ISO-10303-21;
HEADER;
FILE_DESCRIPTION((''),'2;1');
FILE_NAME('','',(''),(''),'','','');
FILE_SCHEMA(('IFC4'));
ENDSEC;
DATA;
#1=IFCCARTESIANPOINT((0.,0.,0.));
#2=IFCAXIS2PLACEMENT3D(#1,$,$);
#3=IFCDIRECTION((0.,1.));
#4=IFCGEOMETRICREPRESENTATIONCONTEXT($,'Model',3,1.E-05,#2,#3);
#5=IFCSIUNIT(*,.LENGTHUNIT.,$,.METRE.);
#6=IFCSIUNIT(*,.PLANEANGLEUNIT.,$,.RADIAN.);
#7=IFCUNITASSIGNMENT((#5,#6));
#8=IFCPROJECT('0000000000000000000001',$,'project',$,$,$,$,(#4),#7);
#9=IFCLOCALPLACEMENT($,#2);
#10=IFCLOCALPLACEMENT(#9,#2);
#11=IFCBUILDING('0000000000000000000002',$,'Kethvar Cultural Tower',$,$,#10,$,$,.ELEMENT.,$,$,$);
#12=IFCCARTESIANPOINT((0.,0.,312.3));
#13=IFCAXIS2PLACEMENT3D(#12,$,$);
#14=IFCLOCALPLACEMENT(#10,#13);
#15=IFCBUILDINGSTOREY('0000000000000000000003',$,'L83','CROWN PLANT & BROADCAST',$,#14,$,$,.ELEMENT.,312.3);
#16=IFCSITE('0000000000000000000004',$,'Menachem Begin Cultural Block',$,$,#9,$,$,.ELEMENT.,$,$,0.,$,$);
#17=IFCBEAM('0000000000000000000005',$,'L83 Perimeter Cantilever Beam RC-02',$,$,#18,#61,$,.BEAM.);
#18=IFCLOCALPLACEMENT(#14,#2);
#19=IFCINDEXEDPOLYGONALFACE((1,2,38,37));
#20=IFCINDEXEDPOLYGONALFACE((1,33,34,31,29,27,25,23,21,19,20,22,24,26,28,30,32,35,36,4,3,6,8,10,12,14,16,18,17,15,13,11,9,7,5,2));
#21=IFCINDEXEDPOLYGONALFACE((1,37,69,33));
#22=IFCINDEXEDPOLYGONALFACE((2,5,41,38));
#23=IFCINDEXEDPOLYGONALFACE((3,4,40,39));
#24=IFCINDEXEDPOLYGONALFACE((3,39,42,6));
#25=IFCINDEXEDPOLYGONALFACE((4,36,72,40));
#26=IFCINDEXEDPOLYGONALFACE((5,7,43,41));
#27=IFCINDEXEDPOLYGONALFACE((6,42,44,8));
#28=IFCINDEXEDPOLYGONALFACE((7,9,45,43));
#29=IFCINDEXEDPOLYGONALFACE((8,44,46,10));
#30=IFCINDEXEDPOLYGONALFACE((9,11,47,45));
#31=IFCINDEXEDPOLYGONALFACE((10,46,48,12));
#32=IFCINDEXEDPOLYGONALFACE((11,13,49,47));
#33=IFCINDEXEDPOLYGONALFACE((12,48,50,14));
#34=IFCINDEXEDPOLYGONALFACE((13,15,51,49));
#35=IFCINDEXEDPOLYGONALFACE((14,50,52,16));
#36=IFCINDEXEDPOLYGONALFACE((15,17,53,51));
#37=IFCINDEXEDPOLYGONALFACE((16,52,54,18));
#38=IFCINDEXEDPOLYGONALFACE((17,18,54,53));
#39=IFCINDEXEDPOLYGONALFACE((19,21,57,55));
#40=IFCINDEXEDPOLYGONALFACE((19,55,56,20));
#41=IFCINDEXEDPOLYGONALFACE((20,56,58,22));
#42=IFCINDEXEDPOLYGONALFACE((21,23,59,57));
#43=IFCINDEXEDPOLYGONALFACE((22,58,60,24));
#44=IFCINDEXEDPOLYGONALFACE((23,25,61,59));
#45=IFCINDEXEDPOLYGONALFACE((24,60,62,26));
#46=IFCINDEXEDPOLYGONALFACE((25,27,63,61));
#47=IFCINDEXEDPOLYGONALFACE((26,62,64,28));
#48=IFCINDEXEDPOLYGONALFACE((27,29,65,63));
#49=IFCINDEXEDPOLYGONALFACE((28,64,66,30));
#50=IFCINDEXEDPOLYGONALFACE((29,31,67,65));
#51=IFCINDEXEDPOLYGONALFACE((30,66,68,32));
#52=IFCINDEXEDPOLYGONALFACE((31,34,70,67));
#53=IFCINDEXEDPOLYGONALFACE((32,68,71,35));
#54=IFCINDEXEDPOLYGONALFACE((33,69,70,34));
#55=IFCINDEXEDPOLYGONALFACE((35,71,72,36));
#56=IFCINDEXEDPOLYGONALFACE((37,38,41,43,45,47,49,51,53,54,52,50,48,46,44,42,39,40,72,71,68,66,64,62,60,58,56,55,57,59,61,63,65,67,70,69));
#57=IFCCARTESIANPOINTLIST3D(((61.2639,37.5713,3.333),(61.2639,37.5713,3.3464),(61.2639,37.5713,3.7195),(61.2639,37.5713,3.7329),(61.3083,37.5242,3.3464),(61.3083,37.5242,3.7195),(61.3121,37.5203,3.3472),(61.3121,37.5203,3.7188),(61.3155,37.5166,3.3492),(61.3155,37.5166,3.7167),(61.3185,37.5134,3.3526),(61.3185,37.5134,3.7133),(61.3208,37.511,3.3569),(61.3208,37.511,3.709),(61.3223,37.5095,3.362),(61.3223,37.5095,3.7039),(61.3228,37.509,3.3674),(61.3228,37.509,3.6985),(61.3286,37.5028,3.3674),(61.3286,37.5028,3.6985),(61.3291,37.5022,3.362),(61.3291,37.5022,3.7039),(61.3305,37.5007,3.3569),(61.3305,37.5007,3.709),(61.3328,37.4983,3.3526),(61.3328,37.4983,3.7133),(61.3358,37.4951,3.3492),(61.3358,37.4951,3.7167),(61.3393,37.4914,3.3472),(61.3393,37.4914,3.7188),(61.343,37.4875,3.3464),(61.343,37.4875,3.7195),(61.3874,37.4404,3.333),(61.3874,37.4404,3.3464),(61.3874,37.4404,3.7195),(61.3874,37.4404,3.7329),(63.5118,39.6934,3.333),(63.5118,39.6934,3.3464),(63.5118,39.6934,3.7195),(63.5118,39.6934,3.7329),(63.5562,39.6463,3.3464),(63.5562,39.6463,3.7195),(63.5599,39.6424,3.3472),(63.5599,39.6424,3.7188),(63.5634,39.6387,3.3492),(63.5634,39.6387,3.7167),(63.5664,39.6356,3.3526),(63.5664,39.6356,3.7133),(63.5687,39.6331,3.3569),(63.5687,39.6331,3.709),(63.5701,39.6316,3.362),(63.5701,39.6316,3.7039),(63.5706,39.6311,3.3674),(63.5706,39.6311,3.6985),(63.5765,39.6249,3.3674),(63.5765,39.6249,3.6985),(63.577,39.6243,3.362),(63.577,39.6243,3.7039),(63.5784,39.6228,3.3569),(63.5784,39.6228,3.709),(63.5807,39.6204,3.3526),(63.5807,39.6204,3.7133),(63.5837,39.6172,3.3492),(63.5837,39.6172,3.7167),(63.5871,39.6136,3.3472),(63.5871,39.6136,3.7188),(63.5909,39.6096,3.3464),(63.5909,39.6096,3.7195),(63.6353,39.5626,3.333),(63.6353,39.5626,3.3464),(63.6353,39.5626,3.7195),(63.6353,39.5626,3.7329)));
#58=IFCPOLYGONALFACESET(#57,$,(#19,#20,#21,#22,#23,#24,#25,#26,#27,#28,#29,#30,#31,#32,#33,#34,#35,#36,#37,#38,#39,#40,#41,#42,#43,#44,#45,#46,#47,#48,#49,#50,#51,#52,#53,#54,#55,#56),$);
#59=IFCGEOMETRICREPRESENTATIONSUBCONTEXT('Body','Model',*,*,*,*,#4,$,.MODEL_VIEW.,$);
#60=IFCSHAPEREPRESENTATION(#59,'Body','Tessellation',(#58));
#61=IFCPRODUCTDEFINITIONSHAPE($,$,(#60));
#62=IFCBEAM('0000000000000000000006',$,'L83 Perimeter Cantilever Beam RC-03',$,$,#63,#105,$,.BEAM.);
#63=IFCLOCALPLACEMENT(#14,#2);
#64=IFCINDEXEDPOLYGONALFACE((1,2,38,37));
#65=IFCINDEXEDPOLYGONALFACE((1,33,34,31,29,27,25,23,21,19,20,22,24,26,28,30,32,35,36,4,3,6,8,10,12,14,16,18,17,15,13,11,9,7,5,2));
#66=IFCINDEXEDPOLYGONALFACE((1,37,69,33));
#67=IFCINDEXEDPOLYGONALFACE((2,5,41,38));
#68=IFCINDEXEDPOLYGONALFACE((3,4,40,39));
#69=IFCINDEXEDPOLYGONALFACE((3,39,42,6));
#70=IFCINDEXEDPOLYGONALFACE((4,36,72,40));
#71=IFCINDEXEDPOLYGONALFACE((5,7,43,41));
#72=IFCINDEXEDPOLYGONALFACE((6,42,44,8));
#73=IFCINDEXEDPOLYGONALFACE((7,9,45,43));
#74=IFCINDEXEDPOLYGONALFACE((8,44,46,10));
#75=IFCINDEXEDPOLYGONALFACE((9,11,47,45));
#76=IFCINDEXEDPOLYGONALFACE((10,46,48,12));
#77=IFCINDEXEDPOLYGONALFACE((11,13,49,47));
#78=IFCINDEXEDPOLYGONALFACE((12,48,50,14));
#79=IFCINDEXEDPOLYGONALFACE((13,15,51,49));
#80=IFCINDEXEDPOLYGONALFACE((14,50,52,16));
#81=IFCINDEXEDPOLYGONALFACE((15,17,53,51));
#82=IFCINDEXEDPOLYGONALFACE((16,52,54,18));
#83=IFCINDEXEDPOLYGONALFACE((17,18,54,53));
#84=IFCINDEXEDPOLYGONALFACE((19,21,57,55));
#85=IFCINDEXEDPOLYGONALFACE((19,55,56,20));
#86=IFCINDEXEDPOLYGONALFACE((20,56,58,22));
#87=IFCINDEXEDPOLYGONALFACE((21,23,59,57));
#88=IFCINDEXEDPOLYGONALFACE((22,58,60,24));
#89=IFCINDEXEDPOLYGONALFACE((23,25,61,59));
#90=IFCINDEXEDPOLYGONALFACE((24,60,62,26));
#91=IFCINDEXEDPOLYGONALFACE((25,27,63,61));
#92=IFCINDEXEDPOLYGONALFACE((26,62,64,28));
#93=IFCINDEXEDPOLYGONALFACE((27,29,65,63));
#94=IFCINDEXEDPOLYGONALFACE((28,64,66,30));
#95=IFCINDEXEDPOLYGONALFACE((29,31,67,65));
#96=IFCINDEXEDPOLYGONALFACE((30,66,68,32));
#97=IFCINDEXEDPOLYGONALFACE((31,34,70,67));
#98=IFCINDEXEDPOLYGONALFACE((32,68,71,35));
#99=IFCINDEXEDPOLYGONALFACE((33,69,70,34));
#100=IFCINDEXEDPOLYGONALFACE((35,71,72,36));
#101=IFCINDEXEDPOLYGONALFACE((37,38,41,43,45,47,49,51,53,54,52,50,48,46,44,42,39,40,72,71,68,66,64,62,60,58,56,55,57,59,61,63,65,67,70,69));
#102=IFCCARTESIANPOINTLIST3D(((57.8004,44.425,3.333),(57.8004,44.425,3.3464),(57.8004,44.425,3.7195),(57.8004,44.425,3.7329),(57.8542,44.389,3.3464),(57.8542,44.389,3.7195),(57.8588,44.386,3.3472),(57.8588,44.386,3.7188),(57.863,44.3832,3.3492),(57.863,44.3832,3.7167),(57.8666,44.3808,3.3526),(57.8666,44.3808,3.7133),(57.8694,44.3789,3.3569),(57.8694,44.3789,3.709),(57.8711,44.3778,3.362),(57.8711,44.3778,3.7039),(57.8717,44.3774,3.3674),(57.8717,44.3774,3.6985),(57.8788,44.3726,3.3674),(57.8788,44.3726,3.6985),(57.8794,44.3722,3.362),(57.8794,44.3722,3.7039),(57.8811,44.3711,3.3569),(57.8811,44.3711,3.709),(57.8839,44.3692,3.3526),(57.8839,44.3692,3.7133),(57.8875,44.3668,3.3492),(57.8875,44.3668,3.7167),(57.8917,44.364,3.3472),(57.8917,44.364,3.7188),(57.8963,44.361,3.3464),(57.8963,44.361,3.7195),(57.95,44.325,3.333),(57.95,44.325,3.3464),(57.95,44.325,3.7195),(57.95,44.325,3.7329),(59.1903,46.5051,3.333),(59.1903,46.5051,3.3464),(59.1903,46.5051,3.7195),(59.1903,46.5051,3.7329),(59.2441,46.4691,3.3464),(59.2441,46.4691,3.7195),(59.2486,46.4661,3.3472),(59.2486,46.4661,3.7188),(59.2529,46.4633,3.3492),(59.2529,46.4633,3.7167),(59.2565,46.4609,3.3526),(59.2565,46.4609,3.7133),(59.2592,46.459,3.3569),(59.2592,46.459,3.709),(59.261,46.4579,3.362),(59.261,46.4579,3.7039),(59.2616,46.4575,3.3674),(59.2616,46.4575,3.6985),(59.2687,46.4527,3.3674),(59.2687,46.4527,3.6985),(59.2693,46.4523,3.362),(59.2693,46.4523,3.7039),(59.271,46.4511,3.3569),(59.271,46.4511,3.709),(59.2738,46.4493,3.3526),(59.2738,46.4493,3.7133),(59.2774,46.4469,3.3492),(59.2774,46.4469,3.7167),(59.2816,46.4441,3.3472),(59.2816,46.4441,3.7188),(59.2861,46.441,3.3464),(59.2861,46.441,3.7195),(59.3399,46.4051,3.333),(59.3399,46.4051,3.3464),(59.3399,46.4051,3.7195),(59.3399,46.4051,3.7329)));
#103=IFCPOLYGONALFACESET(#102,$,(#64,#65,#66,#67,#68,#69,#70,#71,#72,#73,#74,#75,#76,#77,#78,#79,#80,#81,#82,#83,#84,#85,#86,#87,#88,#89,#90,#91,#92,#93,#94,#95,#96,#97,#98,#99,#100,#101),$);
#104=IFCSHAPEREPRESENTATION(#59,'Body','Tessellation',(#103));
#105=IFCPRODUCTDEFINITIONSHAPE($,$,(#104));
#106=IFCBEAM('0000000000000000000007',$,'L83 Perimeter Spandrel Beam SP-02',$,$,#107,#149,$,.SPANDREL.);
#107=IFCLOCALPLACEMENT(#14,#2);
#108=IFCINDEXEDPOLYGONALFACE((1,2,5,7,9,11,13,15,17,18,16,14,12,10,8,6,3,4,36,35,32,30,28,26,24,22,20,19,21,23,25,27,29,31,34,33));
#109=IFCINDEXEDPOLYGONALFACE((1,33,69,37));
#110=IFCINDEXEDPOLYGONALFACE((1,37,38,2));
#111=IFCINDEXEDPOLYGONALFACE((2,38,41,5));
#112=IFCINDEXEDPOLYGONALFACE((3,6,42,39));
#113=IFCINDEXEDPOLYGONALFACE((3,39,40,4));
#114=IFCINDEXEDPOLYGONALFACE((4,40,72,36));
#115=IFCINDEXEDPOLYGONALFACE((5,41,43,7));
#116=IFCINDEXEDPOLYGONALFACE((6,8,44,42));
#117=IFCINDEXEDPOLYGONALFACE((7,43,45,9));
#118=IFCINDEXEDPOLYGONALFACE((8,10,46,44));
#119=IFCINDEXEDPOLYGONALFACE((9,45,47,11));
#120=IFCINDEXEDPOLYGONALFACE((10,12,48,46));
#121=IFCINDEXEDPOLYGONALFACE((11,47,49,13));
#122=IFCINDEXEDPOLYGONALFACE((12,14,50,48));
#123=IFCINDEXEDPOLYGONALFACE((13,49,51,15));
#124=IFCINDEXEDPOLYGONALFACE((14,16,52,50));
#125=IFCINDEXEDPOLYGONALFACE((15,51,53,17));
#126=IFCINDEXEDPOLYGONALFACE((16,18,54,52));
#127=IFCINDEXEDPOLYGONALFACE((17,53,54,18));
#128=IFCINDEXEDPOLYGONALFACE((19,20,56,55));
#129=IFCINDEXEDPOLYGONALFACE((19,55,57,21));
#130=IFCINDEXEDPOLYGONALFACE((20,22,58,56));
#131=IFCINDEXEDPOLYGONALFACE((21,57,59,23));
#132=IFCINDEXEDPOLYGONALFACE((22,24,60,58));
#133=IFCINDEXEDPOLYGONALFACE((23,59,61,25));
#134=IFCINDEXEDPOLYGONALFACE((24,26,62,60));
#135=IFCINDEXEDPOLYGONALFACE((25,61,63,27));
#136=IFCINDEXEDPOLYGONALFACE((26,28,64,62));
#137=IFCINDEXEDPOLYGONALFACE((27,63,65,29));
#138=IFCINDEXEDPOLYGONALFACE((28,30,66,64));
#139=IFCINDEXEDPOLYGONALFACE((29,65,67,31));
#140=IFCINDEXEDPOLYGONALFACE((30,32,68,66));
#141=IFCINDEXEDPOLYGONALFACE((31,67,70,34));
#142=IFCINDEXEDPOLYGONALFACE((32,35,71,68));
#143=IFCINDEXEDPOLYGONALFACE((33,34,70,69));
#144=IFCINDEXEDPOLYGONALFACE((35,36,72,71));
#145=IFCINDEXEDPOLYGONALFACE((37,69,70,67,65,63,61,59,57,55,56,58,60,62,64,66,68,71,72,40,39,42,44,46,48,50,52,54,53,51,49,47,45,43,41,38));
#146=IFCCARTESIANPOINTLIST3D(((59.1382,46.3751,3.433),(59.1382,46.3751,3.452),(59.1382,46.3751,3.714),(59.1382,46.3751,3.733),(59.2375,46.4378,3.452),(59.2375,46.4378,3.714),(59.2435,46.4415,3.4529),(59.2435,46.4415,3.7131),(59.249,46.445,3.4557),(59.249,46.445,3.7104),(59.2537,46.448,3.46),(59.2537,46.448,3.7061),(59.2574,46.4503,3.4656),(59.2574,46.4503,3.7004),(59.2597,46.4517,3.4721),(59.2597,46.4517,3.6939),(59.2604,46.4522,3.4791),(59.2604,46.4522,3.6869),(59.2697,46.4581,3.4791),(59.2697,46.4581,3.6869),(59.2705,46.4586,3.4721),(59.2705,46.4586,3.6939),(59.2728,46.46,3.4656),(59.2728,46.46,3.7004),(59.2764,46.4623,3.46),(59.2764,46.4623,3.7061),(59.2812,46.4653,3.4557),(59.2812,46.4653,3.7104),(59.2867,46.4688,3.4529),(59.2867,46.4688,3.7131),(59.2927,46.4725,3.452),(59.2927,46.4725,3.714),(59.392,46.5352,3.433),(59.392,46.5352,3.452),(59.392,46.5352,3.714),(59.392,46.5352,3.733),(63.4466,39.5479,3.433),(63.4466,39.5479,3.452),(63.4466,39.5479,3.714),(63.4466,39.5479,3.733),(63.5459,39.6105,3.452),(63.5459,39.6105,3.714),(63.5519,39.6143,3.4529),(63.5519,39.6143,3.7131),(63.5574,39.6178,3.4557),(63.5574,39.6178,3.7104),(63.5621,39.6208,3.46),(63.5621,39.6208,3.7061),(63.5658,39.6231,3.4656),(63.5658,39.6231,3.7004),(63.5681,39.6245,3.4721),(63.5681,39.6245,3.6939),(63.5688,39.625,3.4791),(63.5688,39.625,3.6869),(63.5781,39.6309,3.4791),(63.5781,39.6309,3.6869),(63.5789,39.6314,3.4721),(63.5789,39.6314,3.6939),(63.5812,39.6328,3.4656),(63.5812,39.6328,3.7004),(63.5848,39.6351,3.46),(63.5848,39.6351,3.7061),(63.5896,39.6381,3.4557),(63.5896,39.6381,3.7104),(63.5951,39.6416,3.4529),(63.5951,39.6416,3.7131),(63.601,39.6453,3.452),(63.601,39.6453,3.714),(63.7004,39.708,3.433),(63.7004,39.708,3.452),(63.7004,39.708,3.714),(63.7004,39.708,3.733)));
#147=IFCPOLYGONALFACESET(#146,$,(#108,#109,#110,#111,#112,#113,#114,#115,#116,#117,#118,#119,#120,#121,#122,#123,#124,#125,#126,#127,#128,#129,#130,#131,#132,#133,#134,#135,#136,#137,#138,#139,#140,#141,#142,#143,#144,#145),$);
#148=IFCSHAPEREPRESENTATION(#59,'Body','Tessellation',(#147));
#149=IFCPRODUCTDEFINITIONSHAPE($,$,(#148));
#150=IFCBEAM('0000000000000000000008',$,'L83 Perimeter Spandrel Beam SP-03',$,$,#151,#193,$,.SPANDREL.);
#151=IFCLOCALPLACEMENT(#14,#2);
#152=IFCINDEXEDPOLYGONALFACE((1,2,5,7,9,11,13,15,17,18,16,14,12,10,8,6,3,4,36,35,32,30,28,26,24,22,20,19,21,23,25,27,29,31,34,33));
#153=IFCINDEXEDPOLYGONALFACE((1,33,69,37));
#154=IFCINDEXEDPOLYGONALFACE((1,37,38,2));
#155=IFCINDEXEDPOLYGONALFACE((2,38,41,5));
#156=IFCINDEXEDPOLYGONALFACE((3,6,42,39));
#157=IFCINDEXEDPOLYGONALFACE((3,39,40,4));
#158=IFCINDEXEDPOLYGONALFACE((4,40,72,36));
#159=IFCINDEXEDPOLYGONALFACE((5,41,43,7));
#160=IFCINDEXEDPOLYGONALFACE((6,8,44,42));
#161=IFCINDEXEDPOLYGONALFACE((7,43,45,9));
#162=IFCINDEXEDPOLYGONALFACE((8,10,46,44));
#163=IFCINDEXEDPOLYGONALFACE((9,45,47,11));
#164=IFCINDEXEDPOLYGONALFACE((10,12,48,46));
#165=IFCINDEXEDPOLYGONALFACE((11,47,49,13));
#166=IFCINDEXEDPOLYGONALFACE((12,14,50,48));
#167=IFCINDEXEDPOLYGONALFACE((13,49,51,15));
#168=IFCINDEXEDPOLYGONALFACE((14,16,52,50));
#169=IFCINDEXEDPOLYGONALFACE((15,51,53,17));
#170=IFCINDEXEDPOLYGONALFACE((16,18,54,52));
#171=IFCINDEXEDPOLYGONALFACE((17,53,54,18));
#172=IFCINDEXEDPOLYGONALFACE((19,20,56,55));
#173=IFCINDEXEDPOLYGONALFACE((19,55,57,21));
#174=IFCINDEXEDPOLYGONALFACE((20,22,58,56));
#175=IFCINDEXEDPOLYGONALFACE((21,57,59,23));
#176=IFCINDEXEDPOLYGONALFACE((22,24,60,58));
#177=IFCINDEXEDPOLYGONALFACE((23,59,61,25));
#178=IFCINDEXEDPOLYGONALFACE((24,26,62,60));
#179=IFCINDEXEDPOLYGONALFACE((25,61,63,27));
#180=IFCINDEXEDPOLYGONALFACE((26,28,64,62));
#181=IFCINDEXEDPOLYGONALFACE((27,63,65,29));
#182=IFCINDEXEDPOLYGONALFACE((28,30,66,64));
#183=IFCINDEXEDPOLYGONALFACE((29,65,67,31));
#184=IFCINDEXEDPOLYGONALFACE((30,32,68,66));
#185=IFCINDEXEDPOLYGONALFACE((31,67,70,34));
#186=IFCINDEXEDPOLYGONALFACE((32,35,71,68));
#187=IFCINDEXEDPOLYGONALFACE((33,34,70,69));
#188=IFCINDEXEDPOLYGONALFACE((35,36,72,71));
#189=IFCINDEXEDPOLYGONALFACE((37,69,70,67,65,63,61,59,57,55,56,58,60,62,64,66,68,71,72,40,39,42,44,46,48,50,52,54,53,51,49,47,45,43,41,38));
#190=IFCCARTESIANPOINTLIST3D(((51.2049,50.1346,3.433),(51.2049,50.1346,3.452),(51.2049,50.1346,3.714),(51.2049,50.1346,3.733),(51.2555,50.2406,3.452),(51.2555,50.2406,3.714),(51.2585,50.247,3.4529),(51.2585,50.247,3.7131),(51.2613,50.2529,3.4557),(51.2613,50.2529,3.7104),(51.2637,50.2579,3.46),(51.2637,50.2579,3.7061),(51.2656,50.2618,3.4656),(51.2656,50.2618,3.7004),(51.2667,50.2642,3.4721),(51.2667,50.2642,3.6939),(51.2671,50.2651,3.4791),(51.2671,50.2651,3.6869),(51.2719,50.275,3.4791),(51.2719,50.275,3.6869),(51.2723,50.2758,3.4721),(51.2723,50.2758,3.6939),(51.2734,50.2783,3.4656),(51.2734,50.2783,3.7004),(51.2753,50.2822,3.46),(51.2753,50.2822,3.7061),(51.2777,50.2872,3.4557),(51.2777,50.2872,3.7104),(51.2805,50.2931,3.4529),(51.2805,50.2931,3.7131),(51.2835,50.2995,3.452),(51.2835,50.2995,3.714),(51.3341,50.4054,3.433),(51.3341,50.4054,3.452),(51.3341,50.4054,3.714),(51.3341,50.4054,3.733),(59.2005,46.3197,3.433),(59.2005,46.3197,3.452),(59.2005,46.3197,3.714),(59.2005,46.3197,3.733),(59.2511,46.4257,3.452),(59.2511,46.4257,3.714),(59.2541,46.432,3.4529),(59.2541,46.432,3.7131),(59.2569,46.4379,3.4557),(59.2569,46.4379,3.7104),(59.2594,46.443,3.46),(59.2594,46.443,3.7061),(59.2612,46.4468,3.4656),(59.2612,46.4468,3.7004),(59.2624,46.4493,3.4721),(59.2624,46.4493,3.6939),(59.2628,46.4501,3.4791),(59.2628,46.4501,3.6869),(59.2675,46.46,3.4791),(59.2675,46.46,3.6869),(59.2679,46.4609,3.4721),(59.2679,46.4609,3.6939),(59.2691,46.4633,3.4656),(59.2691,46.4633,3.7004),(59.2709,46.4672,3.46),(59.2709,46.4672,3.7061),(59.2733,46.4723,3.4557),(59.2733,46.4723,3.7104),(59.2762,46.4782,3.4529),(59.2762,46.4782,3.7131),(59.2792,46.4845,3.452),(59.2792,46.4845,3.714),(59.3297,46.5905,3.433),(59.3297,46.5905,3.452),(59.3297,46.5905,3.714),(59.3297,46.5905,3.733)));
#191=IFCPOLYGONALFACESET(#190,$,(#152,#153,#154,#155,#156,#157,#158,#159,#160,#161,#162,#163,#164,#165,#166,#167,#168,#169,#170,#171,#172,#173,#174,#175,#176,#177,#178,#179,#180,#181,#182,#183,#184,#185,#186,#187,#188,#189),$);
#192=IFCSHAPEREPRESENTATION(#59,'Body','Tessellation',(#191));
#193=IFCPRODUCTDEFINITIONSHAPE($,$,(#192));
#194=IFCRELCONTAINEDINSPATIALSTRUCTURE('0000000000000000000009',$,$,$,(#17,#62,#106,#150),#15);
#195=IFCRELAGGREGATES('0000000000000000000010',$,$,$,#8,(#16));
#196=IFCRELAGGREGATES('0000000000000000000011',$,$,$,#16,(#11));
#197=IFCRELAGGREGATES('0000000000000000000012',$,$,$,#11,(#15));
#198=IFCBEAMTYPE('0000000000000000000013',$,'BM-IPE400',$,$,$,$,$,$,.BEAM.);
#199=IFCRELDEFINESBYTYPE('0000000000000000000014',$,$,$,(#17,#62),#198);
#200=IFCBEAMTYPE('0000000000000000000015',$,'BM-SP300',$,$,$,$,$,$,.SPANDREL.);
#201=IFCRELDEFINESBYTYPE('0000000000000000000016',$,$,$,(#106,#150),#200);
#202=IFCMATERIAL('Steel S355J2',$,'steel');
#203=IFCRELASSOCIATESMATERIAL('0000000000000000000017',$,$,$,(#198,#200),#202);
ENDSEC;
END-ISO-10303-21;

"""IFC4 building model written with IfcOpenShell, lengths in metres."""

from ifc_helpers import new_model, si_unit, direction, frame, origin, origin_2d, place, context, subcontext, project, spatial, i_section, extrude, source, transform, mapped, material, material_profile, profile_set, type_object, element, save


model = new_model("IFC4")

# Units and contexts
model_context = context("Model", 3, precision=1e-05, world=origin(), true_north=direction((0.0, 1.0)))
body_context = subcontext(model_context, "Body", "Model", "MODEL_VIEW")
ifc_project = project(units=[si_unit("LENGTHUNIT", "METRE"), si_unit("PLANEANGLEUNIT", "RADIAN")], contexts=[model_context])

# Site, building, storey
site_placement = place(None, origin())
site = spatial("IfcSite", under=ifc_project, at=site_placement, Name="Menachem Begin Cultural Block", CompositionType="ELEMENT", RefElevation=0.0)
building_placement = place(site_placement, origin())
building = spatial("IfcBuilding", under=site, at=building_placement, Name="Kethvar Cultural Tower", CompositionType="ELEMENT")
storey_placement = place(building_placement, frame((0.0, 0.0, 312.3)))
storey = spatial("IfcBuildingStorey", under=building, at=storey_placement, Name="L83", Description="CROWN PLANT & BROADCAST", CompositionType="ELEMENT", Elevation=312.3)

# Shared definitions
ifc_material_1 = material(Name="Steel S355J2", Category="steel")

# Beams
ifc_material_profile_1 = material_profile(ifc_material_1, i_section(OverallWidth=0.1799, OverallDepth=0.3999, WebThickness=0.0085, FlangeThickness=0.0134, FilletRadius=0.021, at=origin_2d()), Name="Steel S355J2 — IPE400")
ifc_profile_set_1 = profile_set([ifc_material_profile_1], Name="Steel S355J2 — IPE400")
beam_type_1 = type_object("IfcBeamType", Name="BM-IPE400", PredefinedType="BEAM", material=ifc_profile_set_1)
shared_shape_1 = source(origin(), body_context, "Body", "SweptSolid", [
    extrude(i_section(OverallWidth=0.1799, OverallDepth=0.3999, WebThickness=0.0085, FlangeThickness=0.0134, FilletRadius=0.021, at=origin_2d()), origin(), (0.0, 0.0, 1.0), 3.0913),
])
beam_1_placement = place(storey_placement, frame((61.3257, 37.5059, 3.533), z_axis=(0.727151, 0.686477, 0.0), x_axis=(-0.686477, 0.727151, 0.0)))
element("IfcBeam", 1, at=beam_1_placement, inside=storey, type_object=beam_type_1, Name="L83 Perimeter Cantilever Beam RC-02", PredefinedType="BEAM", context=body_context, shape_type="MappedRepresentation", body=[
    mapped(shared_shape_1, transform((0.0, 0.0, 0.0), scale=1.0)),
])
shared_shape_2 = source(origin(), body_context, "Body", "SweptSolid", [
    extrude(i_section(OverallWidth=0.1799, OverallDepth=0.3999, WebThickness=0.0085, FlangeThickness=0.0134, FilletRadius=0.021, at=origin_2d()), origin(), (0.0, 0.0, 1.0), 2.5017),
])
beam_2_placement = place(storey_placement, frame((57.8752, 44.375, 3.533), z_axis=(0.555578, 0.831464, 0.0), x_axis=(-0.831464, 0.555578, 0.0)))
element("IfcBeam", 2, at=beam_2_placement, inside=storey, type_object=beam_type_1, Name="L83 Perimeter Cantilever Beam RC-03", PredefinedType="BEAM", context=body_context, shape_type="MappedRepresentation", body=[
    mapped(shared_shape_2, transform((0.0, 0.0, 0.0), scale=1.0)),
])
ifc_material_profile_2 = material_profile(ifc_material_1, i_section(OverallWidth=0.3, OverallDepth=0.3, WebThickness=0.011, FlangeThickness=0.019, FilletRadius=0.0271, at=origin_2d()), Name="Steel S355J2 — HEB300")
ifc_profile_set_2 = profile_set([ifc_material_profile_2], Name="Steel S355J2 — HEB300")
beam_type_2 = type_object("IfcBeamType", Name="BM-SP300", PredefinedType="SPANDREL", material=ifc_profile_set_2)
shared_shape_3 = source(origin(), body_context, "Body", "SweptSolid", [
    extrude(i_section(OverallWidth=0.3, OverallDepth=0.3, WebThickness=0.011, FlangeThickness=0.019, FilletRadius=0.0271, at=origin_2d()), origin(), (0.0, 0.0, 1.0), 8.073),
])
beam_3_placement = place(storey_placement, frame((63.5735, 39.6279, 3.583), z_axis=(-0.53368, 0.845686, 0.0), x_axis=(-0.845686, -0.53368, 0.0)))
element("IfcBeam", 3, at=beam_3_placement, inside=storey, type_object=beam_type_2, Name="L83 Perimeter Spandrel Beam SP-02", PredefinedType="SPANDREL", context=body_context, shape_type="MappedRepresentation", body=[
    mapped(shared_shape_3, transform((0.0, 0.0, 0.0), scale=1.0)),
])
shared_shape_4 = source(origin(), body_context, "Body", "SweptSolid", [
    extrude(i_section(OverallWidth=0.3, OverallDepth=0.3, WebThickness=0.011, FlangeThickness=0.019, FilletRadius=0.0271, at=origin_2d()), origin(), (0.0, 0.0, 1.0), 8.8591),
])
beam_4_placement = place(storey_placement, frame((59.2651, 46.4551, 3.583), z_axis=(-0.902531, 0.430624, 0.0), x_axis=(-0.430624, -0.902531, 0.0)))
element("IfcBeam", 4, at=beam_4_placement, inside=storey, type_object=beam_type_2, Name="L83 Perimeter Spandrel Beam SP-03", PredefinedType="SPANDREL", context=body_context, shape_type="MappedRepresentation", body=[
    mapped(shared_shape_4, transform((0.0, 0.0, 0.0), scale=1.0)),
])

save(model, "model.ifc")
